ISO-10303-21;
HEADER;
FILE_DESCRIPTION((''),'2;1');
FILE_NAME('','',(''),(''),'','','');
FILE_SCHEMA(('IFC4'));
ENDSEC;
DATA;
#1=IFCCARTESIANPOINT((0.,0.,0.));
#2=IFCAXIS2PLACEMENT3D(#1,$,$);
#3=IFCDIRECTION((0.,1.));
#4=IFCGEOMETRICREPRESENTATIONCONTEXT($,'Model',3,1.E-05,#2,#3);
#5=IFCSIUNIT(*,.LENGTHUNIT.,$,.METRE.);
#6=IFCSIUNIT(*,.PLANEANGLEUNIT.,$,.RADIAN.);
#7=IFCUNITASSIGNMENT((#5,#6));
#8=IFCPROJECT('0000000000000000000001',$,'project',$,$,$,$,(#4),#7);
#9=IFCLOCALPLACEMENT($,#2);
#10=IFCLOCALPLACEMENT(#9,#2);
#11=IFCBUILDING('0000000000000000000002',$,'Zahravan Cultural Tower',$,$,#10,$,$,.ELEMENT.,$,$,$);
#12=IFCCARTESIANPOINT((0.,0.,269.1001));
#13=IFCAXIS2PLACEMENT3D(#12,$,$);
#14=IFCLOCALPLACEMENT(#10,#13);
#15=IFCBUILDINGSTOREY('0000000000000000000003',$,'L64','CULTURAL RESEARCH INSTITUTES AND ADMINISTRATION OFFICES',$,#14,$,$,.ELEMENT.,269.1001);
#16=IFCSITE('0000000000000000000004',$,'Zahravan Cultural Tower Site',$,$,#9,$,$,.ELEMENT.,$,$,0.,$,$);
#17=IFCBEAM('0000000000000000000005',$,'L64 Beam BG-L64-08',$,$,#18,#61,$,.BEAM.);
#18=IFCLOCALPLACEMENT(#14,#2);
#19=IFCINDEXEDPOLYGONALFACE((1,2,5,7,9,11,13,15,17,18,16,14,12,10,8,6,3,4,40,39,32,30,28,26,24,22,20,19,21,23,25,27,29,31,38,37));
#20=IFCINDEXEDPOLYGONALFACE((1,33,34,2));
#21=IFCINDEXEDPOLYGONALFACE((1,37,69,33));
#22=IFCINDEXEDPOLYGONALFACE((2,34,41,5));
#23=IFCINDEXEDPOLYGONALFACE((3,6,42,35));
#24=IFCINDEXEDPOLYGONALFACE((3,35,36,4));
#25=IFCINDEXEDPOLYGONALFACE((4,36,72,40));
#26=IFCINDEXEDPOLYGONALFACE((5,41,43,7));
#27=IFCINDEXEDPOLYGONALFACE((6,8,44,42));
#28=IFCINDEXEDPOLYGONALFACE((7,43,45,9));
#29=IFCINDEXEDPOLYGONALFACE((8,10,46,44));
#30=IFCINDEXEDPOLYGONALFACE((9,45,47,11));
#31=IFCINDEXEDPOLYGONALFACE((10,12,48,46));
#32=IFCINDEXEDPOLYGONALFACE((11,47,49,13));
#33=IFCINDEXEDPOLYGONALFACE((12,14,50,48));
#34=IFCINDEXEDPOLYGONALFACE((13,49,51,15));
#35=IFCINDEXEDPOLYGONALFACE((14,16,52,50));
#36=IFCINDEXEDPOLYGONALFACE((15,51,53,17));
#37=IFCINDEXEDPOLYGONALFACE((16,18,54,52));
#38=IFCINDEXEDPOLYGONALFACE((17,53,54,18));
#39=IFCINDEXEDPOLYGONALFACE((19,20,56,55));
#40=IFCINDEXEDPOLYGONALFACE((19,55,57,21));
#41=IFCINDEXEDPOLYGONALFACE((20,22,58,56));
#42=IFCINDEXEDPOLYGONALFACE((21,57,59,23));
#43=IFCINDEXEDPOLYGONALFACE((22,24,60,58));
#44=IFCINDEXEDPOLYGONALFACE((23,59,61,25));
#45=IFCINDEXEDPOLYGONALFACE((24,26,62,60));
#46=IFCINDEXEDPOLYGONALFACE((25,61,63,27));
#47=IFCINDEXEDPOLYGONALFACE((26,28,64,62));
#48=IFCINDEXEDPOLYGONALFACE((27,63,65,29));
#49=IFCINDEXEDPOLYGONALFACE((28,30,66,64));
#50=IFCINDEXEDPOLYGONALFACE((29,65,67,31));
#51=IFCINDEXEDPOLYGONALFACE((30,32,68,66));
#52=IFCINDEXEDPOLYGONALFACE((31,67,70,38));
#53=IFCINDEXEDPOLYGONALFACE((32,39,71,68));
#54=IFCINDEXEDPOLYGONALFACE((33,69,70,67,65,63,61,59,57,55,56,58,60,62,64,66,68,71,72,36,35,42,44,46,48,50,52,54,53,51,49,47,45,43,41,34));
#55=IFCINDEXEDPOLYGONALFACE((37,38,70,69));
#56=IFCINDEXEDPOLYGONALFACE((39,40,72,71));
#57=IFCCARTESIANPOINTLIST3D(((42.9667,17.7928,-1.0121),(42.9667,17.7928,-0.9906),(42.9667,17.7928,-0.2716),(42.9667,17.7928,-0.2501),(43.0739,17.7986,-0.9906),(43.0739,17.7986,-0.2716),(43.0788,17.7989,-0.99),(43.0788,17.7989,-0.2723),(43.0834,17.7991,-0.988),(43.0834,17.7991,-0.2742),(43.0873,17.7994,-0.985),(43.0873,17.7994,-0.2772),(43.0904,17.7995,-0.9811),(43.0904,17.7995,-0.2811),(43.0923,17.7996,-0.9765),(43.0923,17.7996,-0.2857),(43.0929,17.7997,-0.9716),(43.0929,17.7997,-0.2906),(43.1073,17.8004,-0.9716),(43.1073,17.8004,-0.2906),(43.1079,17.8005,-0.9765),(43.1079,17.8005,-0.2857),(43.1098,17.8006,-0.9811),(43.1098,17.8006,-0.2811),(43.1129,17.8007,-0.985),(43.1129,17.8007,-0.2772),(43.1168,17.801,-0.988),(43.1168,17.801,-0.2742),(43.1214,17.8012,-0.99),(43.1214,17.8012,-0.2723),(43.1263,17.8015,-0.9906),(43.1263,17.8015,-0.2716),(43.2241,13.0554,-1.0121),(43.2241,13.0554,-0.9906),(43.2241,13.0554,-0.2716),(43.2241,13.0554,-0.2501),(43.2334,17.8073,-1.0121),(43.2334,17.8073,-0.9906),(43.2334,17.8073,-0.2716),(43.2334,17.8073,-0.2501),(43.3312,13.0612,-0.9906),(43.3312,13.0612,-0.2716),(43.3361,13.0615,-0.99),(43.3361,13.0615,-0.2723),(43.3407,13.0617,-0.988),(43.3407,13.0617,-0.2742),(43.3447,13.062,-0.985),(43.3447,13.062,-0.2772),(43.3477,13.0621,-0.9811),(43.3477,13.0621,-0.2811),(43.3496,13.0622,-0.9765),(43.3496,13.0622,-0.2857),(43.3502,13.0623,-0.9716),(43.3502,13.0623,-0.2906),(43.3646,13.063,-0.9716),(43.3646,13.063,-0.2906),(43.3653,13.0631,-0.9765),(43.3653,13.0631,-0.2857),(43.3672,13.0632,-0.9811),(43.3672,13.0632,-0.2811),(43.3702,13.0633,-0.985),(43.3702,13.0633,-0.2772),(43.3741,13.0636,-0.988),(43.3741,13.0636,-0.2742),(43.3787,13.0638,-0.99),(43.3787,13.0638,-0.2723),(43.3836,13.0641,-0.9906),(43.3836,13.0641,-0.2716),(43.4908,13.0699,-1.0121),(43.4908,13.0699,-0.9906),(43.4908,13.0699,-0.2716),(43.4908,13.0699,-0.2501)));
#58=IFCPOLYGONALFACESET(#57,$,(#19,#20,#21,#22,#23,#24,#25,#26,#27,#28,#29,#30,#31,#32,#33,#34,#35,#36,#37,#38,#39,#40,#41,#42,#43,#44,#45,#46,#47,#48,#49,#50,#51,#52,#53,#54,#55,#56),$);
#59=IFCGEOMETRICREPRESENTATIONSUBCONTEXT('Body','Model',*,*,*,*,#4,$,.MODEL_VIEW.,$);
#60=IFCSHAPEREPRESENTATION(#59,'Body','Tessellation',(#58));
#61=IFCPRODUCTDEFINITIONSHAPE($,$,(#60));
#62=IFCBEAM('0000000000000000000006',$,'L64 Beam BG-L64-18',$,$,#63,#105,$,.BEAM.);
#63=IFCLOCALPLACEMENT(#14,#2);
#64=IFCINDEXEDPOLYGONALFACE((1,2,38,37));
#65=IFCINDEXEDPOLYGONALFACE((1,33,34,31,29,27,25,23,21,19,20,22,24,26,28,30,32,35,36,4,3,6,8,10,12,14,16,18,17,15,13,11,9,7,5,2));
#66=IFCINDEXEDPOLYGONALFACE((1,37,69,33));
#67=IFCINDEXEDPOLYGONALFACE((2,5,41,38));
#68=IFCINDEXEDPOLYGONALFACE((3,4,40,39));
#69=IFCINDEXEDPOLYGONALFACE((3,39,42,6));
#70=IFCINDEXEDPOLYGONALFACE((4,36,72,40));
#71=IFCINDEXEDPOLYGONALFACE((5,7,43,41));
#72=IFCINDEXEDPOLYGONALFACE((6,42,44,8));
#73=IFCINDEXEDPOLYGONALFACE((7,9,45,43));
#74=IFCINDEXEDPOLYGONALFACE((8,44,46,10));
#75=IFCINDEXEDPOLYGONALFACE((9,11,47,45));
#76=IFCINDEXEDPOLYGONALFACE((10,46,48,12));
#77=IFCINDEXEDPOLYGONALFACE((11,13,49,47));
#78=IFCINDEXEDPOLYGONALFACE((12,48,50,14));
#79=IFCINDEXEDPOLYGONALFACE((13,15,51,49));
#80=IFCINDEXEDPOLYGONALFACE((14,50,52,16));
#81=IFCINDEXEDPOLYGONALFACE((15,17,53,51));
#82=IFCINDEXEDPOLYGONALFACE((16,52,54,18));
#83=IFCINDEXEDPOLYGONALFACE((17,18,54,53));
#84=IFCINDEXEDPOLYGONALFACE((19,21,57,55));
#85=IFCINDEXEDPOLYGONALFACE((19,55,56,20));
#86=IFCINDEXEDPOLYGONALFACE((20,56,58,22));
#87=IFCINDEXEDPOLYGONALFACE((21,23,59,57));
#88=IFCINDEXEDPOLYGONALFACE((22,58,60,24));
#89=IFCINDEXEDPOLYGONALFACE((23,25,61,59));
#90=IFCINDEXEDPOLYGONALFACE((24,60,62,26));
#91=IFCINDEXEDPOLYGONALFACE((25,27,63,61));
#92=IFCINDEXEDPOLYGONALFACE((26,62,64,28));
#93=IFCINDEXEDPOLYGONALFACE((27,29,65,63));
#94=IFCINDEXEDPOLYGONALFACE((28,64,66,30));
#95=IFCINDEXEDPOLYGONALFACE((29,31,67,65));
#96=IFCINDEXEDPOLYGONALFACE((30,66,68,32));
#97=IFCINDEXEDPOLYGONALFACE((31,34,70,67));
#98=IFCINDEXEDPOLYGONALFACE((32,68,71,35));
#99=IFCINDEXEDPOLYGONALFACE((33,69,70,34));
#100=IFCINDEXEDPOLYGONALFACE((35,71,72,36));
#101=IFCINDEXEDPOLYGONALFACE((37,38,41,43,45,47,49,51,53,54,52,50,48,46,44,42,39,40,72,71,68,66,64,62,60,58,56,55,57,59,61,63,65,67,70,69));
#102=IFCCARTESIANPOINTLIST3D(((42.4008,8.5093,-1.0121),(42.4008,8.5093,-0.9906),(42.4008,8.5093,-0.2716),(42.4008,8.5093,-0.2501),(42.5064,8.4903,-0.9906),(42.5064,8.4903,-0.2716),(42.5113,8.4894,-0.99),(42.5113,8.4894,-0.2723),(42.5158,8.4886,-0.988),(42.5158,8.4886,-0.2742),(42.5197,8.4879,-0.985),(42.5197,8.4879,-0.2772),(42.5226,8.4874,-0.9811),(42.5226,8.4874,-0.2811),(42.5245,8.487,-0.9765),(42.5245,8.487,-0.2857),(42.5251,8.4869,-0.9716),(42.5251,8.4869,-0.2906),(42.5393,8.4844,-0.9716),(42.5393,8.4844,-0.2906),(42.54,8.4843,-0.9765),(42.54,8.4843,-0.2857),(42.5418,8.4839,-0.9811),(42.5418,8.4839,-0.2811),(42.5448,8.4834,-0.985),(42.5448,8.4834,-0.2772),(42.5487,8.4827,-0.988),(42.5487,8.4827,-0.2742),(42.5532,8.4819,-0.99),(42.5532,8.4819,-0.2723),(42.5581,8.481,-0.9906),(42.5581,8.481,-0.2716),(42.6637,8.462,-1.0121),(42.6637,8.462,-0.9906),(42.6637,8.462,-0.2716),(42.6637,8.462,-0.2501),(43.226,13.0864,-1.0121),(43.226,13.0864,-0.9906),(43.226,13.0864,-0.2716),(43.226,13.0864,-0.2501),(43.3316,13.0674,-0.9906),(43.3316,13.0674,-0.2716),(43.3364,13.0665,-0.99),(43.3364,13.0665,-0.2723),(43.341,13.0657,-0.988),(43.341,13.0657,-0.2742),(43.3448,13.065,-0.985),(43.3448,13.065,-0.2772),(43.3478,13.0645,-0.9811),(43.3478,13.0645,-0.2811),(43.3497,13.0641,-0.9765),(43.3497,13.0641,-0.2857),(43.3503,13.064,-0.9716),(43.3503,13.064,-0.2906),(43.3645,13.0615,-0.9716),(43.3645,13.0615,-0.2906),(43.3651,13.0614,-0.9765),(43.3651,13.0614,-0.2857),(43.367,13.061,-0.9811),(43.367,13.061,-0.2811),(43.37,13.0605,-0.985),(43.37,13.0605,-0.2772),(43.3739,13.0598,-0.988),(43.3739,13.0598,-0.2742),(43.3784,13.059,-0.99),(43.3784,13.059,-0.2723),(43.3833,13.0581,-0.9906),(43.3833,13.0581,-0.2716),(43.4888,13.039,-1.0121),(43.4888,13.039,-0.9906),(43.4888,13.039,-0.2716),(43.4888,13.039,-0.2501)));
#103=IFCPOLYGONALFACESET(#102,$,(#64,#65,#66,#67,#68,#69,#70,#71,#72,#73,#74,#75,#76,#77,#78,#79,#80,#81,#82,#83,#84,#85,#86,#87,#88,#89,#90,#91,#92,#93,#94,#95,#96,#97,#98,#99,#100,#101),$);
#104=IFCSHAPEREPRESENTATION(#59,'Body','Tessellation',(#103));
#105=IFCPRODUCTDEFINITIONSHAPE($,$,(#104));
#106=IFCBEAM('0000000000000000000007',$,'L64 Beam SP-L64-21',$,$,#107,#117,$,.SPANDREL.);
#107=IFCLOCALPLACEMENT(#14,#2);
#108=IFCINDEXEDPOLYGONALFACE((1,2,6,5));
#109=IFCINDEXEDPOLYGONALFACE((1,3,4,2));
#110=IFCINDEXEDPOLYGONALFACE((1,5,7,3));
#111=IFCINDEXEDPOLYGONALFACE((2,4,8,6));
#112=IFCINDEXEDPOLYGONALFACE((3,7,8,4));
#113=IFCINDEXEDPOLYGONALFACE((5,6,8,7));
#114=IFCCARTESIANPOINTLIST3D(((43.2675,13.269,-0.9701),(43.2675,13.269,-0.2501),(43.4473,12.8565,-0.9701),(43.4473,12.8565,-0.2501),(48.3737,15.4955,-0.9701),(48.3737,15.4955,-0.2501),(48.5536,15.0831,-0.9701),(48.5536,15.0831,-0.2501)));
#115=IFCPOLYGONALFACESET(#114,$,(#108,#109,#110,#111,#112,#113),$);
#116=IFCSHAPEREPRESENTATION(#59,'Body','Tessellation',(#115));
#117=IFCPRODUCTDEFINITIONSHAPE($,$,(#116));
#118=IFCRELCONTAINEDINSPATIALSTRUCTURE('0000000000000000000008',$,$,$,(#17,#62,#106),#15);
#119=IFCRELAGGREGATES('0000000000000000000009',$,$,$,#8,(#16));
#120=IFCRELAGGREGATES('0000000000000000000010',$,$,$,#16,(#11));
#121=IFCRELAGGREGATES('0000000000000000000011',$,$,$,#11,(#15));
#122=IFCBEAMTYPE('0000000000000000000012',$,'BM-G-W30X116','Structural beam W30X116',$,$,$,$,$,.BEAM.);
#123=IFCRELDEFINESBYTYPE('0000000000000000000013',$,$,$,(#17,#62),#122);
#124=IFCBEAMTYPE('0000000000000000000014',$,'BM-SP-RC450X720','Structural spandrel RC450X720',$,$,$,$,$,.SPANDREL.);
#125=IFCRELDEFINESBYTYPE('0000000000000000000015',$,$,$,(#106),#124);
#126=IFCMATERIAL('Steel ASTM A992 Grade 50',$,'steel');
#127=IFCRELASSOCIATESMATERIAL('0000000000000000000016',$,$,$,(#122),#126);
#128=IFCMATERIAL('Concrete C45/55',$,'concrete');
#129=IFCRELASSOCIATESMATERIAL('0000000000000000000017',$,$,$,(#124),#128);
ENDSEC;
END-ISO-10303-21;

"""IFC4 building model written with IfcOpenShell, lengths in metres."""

from ifc_helpers import new_model, si_unit, direction, frame, origin, origin_2d, place, context, subcontext, project, spatial, rectangle, i_section, extrude, source, transform, mapped, material, material_profile, profile_set, type_object, element, save


model = new_model("IFC4")

# Units and contexts
model_context = context("Model", 3, precision=1e-05, world=origin(), true_north=direction((0.0, 1.0)))
body_context = subcontext(model_context, "Body", "Model", "MODEL_VIEW")
ifc_project = project(units=[si_unit("LENGTHUNIT", "METRE"), si_unit("PLANEANGLEUNIT", "RADIAN")], contexts=[model_context])

# Site, building, storey
site_placement = place(None, origin())
site = spatial("IfcSite", under=ifc_project, at=site_placement, Name="Zahravan Cultural Tower Site", CompositionType="ELEMENT", RefElevation=0.0)
building_placement = place(site_placement, origin())
building = spatial("IfcBuilding", under=site, at=building_placement, Name="Zahravan Cultural Tower", CompositionType="ELEMENT")
storey_placement = place(building_placement, frame((0.0, 0.0, 269.1001)))
storey = spatial("IfcBuildingStorey", under=building, at=storey_placement, Name="L64", Description="CULTURAL RESEARCH INSTITUTES AND ADMINISTRATION OFFICES", CompositionType="ELEMENT", Elevation=269.1001)

# Shared definitions
ifc_material_1 = material(Name="Steel ASTM A992 Grade 50", Category="steel")

# Beams
ifc_material_profile_1 = material_profile(ifc_material_1, i_section(OverallWidth=0.2671, OverallDepth=0.762, WebThickness=0.0144, FlangeThickness=0.0215, FilletRadius=0.019, at=origin_2d()), Name="W30X116")
ifc_profile_set_1 = profile_set([ifc_material_profile_1], Name="Steel ASTM A992 Grade 50")
beam_type_1 = type_object("IfcBeamType", Name="BM-G-W30X116", Description="Structural beam W30X116", PredefinedType="BEAM", material=ifc_profile_set_1)
shared_shape_1 = source(origin(), body_context, "Body", "SweptSolid", [
    extrude(i_section(OverallWidth=0.2671, OverallDepth=0.762, WebThickness=0.0144, FlangeThickness=0.0215, FilletRadius=0.019, at=origin_2d()), origin(), (0.0, 0.0, 1.0), 4.7444),
])
beam_1_placement = place(storey_placement, frame((43.1001, 17.8, -0.6311), z_axis=(0.054239, -0.998528, 0.0), x_axis=(0.998528, 0.054239, 0.0)))
element("IfcBeam", 1, at=beam_1_placement, inside=storey, type_object=beam_type_1, Name="L64 Beam BG-L64-08", PredefinedType="BEAM", context=body_context, shape_type="MappedRepresentation", body=[
    mapped(shared_shape_1, transform((0.0, 0.0, 0.0), x_axis=(1.0, 0.0, 0.0), y_axis=(0.0, 1.0, 0.0), z_axis=(0.0, 0.0, 1.0), scale=1.0)),
])
shared_shape_2 = source(origin(), body_context, "Body", "SweptSolid", [
    extrude(i_section(OverallWidth=0.2671, OverallDepth=0.762, WebThickness=0.0144, FlangeThickness=0.0215, FilletRadius=0.019, at=origin_2d()), origin(), (0.0, 0.0, 1.0), 4.6509),
])
beam_2_placement = place(storey_placement, frame((43.3574, 13.0627, -0.6311), z_axis=(-0.177426, -0.984134, 0.0), x_axis=(0.984134, -0.177426, 0.0)))
element("IfcBeam", 2, at=beam_2_placement, inside=storey, type_object=beam_type_1, Name="L64 Beam BG-L64-18", PredefinedType="BEAM", context=body_context, shape_type="MappedRepresentation", body=[
    mapped(shared_shape_2, transform((0.0, 0.0, 0.0), x_axis=(1.0, 0.0, 0.0), y_axis=(0.0, 1.0, 0.0), z_axis=(0.0, 0.0, 1.0), scale=1.0)),
])
ifc_material_2 = material(Name="Concrete C45/55", Category="concrete")
ifc_material_profile_2 = material_profile(ifc_material_2, rectangle(XDim=0.45, YDim=0.72, at=origin_2d()), Name="RC450X720")
ifc_profile_set_2 = profile_set([ifc_material_profile_2], Name="Concrete C45/55")
beam_type_2 = type_object("IfcBeamType", Name="BM-SP-RC450X720", Description="Structural spandrel RC450X720", PredefinedType="SPANDREL", material=ifc_profile_set_2)
shared_shape_3 = source(origin(), body_context, "Body", "SweptSolid", [
    extrude(rectangle(XDim=0.45, YDim=0.72, at=origin_2d()), origin(), (0.0, 0.0, 1.0), 5.5706),
])
beam_3_placement = place(storey_placement, frame((43.3574, 13.0627, -0.6101), z_axis=(0.916645, 0.399703, 0.0), x_axis=(-0.399703, 0.916645, 0.0)))
element("IfcBeam", 3, at=beam_3_placement, inside=storey, type_object=beam_type_2, Name="L64 Beam SP-L64-21", PredefinedType="SPANDREL", context=body_context, shape_type="MappedRepresentation", body=[
    mapped(shared_shape_3, transform((0.0, 0.0, 0.0), x_axis=(1.0, 0.0, 0.0), y_axis=(0.0, 1.0, 0.0), z_axis=(0.0, 0.0, 1.0), scale=1.0)),
])

save(model, "model.ifc")
